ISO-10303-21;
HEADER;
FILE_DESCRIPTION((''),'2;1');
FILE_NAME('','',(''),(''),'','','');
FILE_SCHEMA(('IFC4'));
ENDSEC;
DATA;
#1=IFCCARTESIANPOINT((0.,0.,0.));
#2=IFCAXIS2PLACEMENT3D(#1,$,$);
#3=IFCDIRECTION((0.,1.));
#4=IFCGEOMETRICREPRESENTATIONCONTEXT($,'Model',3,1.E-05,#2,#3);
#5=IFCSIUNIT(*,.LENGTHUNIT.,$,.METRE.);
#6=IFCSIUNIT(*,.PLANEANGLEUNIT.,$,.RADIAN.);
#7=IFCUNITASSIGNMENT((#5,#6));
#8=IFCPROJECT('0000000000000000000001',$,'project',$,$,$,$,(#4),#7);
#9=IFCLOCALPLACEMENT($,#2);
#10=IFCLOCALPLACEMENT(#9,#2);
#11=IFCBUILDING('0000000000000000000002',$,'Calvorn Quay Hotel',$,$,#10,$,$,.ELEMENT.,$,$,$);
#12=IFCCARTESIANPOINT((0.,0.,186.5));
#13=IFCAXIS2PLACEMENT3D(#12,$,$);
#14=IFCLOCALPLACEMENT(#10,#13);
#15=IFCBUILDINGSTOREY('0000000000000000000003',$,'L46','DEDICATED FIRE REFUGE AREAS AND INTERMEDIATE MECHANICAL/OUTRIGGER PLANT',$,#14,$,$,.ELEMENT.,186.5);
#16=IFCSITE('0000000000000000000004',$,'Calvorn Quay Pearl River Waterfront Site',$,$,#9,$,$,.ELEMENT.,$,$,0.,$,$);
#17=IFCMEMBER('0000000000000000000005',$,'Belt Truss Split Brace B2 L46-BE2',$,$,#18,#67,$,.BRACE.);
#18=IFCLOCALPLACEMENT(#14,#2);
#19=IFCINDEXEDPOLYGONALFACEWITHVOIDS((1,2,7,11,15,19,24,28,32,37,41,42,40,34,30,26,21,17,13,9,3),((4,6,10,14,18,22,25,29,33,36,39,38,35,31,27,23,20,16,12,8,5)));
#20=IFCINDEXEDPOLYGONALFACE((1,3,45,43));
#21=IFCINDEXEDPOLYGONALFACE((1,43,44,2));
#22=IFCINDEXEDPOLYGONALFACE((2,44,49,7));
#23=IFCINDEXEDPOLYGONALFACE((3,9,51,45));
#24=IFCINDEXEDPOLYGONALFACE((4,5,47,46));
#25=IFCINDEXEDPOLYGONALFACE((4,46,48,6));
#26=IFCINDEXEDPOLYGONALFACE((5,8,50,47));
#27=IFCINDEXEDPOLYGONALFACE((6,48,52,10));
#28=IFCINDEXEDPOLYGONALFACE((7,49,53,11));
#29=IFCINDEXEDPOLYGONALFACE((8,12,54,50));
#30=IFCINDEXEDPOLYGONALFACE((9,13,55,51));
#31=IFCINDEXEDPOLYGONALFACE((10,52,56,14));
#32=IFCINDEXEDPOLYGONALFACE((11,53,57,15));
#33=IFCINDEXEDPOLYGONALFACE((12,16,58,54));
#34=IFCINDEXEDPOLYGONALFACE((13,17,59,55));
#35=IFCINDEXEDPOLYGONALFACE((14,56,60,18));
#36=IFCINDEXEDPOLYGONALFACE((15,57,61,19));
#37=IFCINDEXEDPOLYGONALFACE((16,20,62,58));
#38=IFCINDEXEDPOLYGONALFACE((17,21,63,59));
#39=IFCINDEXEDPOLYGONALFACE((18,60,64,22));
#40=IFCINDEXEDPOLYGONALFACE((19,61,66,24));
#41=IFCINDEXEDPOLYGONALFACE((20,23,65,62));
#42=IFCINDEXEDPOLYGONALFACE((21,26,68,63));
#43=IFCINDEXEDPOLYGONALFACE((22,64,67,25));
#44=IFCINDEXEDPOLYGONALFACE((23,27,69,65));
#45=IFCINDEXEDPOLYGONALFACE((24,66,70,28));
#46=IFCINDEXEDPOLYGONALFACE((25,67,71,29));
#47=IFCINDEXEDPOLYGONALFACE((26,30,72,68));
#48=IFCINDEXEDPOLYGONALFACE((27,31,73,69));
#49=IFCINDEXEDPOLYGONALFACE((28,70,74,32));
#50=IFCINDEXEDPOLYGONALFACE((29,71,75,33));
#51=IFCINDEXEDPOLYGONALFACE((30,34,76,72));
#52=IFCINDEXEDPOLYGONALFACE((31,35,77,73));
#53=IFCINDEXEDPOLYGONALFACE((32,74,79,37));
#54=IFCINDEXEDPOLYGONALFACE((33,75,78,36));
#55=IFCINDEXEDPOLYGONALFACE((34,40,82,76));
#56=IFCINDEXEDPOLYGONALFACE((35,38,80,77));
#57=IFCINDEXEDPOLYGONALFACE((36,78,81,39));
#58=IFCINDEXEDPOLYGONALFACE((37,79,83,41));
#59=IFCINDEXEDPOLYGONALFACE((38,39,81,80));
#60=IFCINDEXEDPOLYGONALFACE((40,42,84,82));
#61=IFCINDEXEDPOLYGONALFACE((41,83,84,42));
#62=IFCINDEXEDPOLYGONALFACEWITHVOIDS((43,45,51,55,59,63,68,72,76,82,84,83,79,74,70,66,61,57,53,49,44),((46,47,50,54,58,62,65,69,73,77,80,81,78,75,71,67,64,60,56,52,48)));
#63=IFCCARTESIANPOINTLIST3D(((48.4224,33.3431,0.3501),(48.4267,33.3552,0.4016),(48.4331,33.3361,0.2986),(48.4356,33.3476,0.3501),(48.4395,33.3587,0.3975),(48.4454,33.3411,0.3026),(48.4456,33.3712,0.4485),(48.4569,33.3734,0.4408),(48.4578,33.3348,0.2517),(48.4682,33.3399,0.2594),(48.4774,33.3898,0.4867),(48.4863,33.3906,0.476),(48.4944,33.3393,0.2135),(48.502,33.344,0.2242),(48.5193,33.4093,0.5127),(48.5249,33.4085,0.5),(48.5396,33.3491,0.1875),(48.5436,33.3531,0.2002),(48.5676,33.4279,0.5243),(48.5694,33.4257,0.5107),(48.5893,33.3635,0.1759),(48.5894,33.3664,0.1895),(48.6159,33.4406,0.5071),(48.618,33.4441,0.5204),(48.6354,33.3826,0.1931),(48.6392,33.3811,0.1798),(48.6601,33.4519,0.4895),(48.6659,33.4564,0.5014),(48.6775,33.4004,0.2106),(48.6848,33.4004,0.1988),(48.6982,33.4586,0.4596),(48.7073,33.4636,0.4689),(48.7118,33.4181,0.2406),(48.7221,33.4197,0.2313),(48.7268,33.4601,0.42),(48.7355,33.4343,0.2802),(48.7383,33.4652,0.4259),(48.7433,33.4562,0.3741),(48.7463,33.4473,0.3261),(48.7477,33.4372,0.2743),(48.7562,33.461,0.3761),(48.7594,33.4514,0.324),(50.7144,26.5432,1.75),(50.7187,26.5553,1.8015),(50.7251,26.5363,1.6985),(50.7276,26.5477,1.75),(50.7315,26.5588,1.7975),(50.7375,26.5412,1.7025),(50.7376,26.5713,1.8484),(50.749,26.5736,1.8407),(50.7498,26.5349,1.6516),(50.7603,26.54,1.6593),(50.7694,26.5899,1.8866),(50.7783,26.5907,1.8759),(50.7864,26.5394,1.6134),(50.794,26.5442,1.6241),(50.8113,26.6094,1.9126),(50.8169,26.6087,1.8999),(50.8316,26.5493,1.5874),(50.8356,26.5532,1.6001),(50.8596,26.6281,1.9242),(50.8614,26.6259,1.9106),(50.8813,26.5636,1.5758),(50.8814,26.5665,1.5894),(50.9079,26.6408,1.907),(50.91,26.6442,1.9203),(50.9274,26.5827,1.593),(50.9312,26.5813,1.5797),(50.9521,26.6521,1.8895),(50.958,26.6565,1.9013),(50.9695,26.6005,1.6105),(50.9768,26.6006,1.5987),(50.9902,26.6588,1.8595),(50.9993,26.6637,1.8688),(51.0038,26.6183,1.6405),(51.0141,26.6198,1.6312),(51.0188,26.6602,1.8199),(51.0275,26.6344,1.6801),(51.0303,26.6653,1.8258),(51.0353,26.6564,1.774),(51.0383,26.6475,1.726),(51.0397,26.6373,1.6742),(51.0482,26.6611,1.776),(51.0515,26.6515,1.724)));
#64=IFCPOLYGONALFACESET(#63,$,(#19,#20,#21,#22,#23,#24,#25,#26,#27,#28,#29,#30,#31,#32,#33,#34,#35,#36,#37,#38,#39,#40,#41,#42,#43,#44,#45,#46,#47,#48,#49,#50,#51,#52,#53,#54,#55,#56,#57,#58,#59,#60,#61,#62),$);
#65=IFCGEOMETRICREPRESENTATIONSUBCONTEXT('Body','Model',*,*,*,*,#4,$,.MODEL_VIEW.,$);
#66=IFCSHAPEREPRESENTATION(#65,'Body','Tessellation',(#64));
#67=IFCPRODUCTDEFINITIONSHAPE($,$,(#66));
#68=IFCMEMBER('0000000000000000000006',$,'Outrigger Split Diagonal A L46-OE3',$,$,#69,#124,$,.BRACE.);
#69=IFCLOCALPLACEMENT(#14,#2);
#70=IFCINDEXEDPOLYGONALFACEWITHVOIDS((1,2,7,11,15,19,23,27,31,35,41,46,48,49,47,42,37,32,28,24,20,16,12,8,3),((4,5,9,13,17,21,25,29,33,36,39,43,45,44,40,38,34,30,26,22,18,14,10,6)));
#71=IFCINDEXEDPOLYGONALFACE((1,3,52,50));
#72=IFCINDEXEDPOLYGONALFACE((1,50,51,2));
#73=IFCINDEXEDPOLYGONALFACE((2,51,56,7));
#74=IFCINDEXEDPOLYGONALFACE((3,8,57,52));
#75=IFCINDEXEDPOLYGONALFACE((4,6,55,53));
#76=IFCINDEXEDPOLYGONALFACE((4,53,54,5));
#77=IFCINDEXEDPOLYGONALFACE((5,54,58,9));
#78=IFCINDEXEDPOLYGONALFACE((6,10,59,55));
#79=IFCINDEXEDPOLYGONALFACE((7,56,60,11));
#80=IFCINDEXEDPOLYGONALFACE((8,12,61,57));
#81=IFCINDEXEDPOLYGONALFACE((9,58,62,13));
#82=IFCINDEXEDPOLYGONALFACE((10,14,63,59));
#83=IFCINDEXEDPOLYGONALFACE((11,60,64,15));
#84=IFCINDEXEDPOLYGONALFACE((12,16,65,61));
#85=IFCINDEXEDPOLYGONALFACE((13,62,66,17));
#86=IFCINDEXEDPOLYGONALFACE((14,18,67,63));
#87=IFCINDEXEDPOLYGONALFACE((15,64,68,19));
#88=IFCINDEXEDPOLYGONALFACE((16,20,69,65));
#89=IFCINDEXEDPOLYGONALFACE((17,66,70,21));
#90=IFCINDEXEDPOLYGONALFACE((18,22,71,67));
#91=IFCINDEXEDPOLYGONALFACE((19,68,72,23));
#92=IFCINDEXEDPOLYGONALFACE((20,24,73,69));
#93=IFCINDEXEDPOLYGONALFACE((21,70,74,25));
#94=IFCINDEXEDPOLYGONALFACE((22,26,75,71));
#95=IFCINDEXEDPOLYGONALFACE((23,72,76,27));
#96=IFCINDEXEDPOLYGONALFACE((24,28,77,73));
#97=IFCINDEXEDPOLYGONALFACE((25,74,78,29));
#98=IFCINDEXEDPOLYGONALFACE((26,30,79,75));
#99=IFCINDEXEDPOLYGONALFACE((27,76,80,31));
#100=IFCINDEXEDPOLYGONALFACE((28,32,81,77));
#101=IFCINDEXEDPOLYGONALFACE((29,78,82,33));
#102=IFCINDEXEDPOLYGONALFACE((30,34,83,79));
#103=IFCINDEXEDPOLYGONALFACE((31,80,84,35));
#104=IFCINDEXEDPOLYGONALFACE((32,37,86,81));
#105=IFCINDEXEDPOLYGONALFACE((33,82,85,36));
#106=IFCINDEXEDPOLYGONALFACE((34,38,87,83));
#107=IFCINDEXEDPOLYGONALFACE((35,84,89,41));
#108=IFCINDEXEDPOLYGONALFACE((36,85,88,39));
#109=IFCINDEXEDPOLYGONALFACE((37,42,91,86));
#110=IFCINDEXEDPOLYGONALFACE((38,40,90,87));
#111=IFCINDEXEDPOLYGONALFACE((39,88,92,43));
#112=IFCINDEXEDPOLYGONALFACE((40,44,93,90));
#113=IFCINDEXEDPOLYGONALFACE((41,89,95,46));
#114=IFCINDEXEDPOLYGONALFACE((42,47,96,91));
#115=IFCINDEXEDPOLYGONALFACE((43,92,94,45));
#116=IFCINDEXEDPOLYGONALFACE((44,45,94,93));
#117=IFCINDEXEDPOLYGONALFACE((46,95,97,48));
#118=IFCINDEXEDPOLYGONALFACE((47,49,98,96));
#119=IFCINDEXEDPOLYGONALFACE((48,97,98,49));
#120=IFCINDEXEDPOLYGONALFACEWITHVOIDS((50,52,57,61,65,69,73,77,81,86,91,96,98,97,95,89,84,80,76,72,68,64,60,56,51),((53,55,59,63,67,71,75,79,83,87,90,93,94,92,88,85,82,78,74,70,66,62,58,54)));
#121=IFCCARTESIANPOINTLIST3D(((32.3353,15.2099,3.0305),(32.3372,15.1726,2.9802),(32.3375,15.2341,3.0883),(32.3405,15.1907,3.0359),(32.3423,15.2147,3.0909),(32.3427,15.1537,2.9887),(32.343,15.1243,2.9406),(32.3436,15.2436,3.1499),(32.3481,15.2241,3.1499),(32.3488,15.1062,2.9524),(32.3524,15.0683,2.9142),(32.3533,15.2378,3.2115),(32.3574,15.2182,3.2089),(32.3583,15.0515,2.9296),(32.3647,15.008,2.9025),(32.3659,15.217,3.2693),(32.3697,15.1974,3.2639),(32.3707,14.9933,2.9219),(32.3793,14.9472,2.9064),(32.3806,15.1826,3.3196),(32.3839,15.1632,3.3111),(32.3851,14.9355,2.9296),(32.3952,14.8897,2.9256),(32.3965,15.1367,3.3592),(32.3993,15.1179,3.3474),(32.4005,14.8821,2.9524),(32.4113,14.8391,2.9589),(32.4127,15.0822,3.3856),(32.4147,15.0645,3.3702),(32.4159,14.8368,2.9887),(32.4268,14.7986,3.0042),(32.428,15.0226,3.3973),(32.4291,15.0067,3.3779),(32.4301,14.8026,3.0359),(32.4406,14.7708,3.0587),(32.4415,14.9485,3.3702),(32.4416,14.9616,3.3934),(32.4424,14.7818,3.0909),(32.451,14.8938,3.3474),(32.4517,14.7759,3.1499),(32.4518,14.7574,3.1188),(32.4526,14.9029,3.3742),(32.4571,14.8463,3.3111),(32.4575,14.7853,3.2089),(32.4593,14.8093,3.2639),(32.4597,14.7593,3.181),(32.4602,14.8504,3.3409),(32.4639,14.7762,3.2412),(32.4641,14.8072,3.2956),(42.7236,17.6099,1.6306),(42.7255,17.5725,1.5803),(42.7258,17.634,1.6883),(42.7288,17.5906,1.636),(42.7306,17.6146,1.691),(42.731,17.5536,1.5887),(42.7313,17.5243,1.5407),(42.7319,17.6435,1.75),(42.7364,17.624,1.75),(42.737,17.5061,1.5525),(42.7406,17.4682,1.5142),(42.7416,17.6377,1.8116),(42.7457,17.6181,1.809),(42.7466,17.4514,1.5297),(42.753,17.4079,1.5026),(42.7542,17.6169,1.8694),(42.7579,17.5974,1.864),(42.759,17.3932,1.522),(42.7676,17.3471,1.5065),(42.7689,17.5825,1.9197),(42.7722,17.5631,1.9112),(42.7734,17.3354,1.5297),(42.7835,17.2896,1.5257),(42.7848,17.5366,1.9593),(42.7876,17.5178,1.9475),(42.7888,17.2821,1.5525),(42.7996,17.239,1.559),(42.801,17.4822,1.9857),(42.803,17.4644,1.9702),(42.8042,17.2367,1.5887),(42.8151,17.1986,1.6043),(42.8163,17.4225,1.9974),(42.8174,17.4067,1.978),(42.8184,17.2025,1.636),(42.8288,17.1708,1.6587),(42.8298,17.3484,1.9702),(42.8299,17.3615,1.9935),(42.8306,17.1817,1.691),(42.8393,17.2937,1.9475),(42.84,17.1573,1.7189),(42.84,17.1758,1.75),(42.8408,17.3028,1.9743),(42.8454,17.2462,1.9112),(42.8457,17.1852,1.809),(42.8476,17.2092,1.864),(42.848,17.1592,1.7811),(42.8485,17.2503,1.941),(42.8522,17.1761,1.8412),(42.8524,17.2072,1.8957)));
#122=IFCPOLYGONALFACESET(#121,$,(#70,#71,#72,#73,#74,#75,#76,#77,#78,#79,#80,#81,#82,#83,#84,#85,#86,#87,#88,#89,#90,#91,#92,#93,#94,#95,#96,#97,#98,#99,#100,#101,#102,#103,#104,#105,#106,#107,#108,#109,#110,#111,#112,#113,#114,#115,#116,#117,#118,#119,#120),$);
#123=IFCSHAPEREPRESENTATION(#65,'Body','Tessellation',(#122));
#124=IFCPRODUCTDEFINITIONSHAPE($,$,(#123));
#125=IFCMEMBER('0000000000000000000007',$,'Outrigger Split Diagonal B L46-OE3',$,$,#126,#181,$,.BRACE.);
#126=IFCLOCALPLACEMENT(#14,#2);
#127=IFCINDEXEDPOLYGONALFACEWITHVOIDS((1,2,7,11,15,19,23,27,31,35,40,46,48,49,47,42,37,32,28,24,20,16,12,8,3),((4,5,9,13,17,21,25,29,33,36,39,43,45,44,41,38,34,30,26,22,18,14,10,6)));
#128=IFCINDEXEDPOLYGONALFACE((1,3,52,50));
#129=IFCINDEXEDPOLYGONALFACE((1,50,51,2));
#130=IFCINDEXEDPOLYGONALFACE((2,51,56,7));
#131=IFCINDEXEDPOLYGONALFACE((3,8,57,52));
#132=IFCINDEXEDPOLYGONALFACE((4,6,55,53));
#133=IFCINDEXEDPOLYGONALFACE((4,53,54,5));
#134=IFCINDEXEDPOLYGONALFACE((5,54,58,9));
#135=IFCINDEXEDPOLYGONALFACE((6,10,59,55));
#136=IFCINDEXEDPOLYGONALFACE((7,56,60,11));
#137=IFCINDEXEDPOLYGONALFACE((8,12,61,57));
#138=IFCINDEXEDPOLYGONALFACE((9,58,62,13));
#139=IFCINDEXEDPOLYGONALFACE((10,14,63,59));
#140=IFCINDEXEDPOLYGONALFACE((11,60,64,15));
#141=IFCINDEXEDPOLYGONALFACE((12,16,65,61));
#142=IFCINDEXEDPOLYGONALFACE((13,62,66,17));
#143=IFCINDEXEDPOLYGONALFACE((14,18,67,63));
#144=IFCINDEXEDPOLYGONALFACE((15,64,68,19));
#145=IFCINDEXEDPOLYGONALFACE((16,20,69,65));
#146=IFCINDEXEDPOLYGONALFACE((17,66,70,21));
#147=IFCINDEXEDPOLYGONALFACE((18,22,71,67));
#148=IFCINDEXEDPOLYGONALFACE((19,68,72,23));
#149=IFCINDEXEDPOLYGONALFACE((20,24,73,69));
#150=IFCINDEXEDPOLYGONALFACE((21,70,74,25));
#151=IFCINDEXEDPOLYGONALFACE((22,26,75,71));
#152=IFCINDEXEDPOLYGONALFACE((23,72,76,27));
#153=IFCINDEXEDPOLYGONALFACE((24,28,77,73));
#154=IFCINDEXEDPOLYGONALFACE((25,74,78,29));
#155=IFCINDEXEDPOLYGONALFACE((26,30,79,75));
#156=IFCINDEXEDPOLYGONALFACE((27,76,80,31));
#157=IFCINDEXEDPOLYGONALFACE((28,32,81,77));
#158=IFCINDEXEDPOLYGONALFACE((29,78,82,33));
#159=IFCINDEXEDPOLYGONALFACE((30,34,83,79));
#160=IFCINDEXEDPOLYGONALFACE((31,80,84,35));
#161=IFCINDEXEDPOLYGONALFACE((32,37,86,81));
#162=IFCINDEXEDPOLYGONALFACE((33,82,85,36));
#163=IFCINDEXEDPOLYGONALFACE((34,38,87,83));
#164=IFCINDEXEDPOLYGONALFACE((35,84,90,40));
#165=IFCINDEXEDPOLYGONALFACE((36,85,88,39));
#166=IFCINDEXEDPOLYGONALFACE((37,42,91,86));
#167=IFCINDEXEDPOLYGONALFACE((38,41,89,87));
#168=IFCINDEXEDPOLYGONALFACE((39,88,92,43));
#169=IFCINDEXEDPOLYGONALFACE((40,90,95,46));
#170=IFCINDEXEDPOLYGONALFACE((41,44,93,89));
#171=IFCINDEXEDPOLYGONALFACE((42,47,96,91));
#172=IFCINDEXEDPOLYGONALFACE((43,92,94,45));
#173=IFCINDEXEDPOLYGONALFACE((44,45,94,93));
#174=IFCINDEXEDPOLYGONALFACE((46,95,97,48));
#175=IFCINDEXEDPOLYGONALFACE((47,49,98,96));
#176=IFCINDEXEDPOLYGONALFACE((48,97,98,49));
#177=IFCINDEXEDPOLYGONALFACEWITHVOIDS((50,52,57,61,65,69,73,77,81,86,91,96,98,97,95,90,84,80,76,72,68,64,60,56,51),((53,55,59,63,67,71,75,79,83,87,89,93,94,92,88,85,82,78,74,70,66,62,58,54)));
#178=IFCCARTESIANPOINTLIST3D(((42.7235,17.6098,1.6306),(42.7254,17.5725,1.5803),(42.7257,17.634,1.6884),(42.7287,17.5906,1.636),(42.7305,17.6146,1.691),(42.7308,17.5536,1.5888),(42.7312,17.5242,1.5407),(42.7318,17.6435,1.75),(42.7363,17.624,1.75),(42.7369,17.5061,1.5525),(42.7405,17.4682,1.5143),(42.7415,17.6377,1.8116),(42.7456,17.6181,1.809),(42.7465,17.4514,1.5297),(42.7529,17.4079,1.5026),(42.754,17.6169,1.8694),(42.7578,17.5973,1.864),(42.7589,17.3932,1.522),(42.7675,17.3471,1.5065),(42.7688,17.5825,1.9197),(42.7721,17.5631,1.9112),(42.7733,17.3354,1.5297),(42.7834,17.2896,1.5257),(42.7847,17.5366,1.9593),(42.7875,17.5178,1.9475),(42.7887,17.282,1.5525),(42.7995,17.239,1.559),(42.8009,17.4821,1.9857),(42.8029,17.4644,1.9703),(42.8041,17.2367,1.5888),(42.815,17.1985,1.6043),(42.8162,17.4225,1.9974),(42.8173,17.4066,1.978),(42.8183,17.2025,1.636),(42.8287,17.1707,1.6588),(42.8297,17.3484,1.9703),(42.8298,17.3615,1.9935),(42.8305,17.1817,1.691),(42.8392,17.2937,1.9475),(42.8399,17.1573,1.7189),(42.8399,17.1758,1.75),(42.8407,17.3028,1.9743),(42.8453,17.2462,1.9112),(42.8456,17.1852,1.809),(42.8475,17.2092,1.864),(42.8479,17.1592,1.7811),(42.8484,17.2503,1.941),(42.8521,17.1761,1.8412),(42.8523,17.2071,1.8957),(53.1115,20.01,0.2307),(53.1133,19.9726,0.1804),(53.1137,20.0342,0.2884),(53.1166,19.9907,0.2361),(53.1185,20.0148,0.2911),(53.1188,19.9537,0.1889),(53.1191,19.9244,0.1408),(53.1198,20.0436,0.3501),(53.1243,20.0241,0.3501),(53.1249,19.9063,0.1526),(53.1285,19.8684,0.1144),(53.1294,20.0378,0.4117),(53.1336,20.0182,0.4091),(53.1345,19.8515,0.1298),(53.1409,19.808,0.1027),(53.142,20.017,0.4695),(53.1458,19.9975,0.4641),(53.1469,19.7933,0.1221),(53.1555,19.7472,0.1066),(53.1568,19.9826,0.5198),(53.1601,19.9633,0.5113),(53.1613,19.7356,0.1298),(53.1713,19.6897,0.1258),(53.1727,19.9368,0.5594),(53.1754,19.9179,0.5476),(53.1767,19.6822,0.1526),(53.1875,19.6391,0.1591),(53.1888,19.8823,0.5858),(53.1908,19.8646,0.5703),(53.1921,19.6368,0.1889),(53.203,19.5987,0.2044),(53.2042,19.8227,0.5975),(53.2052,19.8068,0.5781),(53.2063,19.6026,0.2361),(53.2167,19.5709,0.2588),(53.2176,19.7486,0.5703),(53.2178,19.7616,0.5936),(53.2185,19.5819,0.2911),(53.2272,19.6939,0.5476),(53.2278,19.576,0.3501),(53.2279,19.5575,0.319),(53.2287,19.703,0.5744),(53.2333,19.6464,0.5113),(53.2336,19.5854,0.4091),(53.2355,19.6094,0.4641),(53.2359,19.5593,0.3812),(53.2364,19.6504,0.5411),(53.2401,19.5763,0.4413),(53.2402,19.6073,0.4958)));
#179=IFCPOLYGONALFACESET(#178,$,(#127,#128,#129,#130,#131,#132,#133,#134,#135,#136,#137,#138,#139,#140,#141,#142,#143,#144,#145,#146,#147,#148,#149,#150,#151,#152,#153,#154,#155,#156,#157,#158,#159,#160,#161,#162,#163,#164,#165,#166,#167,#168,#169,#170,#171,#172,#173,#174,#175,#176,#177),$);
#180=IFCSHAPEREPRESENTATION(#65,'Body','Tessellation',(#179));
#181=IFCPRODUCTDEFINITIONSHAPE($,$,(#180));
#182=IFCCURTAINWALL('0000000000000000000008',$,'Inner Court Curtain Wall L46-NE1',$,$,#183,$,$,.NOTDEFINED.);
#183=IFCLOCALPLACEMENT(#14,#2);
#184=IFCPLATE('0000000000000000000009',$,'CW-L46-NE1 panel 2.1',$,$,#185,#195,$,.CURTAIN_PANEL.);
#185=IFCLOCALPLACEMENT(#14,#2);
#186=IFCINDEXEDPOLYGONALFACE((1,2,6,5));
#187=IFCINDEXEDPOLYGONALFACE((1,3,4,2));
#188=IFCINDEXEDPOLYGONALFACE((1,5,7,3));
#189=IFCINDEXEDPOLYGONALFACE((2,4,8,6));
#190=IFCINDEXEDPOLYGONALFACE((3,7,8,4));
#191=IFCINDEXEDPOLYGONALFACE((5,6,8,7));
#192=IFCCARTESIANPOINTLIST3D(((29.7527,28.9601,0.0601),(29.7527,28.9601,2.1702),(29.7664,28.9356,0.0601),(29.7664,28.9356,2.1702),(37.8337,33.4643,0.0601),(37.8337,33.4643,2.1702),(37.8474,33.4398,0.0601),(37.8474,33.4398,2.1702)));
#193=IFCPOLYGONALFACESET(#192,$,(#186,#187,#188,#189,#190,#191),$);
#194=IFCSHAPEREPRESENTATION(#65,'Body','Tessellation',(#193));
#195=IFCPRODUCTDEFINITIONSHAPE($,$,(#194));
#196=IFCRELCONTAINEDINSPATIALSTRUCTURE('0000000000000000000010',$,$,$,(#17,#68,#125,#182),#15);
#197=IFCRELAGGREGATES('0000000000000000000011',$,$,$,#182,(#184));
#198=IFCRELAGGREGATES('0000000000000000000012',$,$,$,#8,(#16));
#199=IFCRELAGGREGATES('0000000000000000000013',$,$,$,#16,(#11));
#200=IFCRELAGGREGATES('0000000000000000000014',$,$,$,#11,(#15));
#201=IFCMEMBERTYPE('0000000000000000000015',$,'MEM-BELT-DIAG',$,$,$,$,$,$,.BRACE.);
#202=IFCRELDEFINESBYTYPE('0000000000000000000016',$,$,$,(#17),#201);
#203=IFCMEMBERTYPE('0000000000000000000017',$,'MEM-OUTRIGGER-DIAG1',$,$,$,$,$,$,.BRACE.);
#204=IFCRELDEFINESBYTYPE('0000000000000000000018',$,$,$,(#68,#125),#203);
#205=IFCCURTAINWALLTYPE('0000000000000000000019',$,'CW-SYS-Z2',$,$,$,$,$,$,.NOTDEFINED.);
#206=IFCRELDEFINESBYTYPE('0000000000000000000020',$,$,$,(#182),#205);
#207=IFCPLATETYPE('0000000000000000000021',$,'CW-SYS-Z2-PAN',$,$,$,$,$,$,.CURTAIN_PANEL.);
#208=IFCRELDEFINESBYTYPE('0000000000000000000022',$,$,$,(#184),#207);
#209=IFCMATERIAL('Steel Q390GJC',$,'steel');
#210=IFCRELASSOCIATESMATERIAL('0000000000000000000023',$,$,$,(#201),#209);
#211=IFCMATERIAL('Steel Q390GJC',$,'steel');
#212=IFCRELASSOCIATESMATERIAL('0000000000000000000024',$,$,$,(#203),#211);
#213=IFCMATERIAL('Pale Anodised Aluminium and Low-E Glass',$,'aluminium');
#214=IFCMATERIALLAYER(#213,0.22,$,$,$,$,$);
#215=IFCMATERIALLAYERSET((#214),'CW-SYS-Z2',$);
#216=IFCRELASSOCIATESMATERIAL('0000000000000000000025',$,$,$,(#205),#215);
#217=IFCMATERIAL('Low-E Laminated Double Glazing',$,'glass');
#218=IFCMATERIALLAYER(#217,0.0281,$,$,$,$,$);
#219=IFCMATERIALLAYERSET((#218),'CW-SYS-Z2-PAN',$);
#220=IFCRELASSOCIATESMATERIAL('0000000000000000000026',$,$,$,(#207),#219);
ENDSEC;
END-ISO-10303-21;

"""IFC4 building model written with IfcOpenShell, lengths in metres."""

from ifc_helpers import new_model, si_unit, direction, frame, origin, origin_2d, place, context, subcontext, project, spatial, rectangle, hollow_circle, extrude, material, layer, layer_set, material_profile, profile_set, type_object, element, aggregate, save


model = new_model("IFC4")

# Units and contexts
model_context = context("Model", 3, precision=1e-05, world=origin(), true_north=direction((0.0, 1.0)))
body_context = subcontext(model_context, "Body", "Model", "MODEL_VIEW")
ifc_project = project(units=[si_unit("LENGTHUNIT", "METRE"), si_unit("PLANEANGLEUNIT", "RADIAN")], contexts=[model_context])

# Site, building, storey
site_placement = place(None, origin())
site = spatial("IfcSite", under=ifc_project, at=site_placement, Name="Calvorn Quay Pearl River Waterfront Site", CompositionType="ELEMENT", RefElevation=0.0)
building_placement = place(site_placement, origin())
building = spatial("IfcBuilding", under=site, at=building_placement, Name="Calvorn Quay Hotel", CompositionType="ELEMENT")
storey_placement = place(building_placement, frame((0.0, 0.0, 186.5)))
storey = spatial("IfcBuildingStorey", under=building, at=storey_placement, Name="L46", Description="DEDICATED FIRE REFUGE AREAS AND INTERMEDIATE MECHANICAL/OUTRIGGER PLANT", CompositionType="ELEMENT", Elevation=186.5)

# Members
ifc_material_1 = material(Name="Steel Q390GJC", Category="steel")
ifc_material_profile_1 = material_profile(ifc_material_1, hollow_circle(Radius=0.178, WallThickness=0.0139, at=origin_2d()), Name="CHS356x14")
ifc_profile_set_1 = profile_set([ifc_material_profile_1], Name="Steel Q390GJC")
member_type_1 = type_object("IfcMemberType", Name="MEM-BELT-DIAG", PredefinedType="BRACE", material=ifc_profile_set_1)
member_1_placement = place(storey_placement, frame((50.8831, 26.6001, 1.75), z_axis=(-0.3135, 0.930082, -0.19148), x_axis=(-0.947616, -0.319411, 0.0)))
element("IfcMember", 1, at=member_1_placement, inside=storey, type_object=member_type_1, Name="Belt Truss Split Brace B2 L46-BE2", PredefinedType="BRACE", context=body_context, shape_type="SweptSolid", body=[
    extrude(hollow_circle(Radius=0.178, WallThickness=0.0139, at=origin_2d()), origin(), (0.0, 0.0, 1.0), 7.311),
])
ifc_material_2 = material(Name="Steel Q390GJC", Category="steel")
ifc_material_profile_2 = material_profile(ifc_material_2, hollow_circle(Radius=0.25, WallThickness=0.02, at=origin_2d()), Name="CHS500x20")
ifc_profile_set_2 = profile_set([ifc_material_profile_2], Name="Steel Q390GJC")
member_type_2 = type_object("IfcMemberType", Name="MEM-OUTRIGGER-DIAG1", PredefinedType="BRACE", material=ifc_profile_set_2)
member_2_placement = place(storey_placement, frame((32.3999, 15.0, 3.1499), z_axis=(0.966045, 0.223178, -0.130183), x_axis=(-0.225094, 0.974337, 0.0)))
element("IfcMember", 2, at=member_2_placement, inside=storey, type_object=member_type_2, Name="Outrigger Split Diagonal A L46-OE3", PredefinedType="BRACE", context=body_context, shape_type="SweptSolid", body=[
    extrude(hollow_circle(Radius=0.25, WallThickness=0.02, at=origin_2d()), origin(), (0.0, 0.0, 1.0), 10.7534),
])
member_3_placement = place(storey_placement, frame((42.7881, 17.3999, 1.75), z_axis=(0.966039, 0.223205, -0.130186), x_axis=(-0.22512, 0.974331, 0.0)))
element("IfcMember", 3, at=member_3_placement, inside=storey, type_object=member_type_2, Name="Outrigger Split Diagonal B L46-OE3", PredefinedType="BRACE", context=body_context, shape_type="SweptSolid", body=[
    extrude(hollow_circle(Radius=0.25, WallThickness=0.02, at=origin_2d()), origin(), (0.0, 0.0, 1.0), 10.7532),
])

# Curtain wall, plate
ifc_material_3 = material(Name="Pale Anodised Aluminium and Low-E Glass", Category="aluminium")
ifc_layer_1 = layer(ifc_material_3, 0.22)
ifc_layer_set_1 = layer_set([ifc_layer_1], Name="CW-SYS-Z2")
curtain_wall_type = type_object("IfcCurtainWallType", Name="CW-SYS-Z2", PredefinedType="NOTDEFINED", material=ifc_layer_set_1)
curtain_wall_placement = place(storey_placement, origin())
curtain_wall = element("IfcCurtainWall", 4, at=curtain_wall_placement, inside=storey, type_object=curtain_wall_type, Name="Inner Court Curtain Wall L46-NE1", PredefinedType="NOTDEFINED")
ifc_material_4 = material(Name="Low-E Laminated Double Glazing", Category="glass")
ifc_layer_2 = layer(ifc_material_4, 0.0281)
ifc_layer_set_2 = layer_set([ifc_layer_2], Name="CW-SYS-Z2-PAN")
plate_type_1 = type_object("IfcPlateType", Name="CW-SYS-Z2-PAN", PredefinedType="CURTAIN_PANEL", material=ifc_layer_set_2)
plate_1_placement = place(storey_placement, frame((33.8, 31.2, 0.0601), z_axis=(0.0, 0.0, 1.0), x_axis=(-0.873481, -0.486858, 0.0)))
plate_1 = element("IfcPlate", 5, at=plate_1_placement, type_object=plate_type_1, Name="CW-L46-NE1 panel 2.1", PredefinedType="CURTAIN_PANEL", context=body_context, shape_type="SweptSolid", body=[
    extrude(rectangle(XDim=9.2515, YDim=0.0281, at=origin_2d()), origin(), (0.0, 0.0, 1.0), 2.1101),
])
aggregate(curtain_wall, [plate_1])

save(model, "model.ifc")
